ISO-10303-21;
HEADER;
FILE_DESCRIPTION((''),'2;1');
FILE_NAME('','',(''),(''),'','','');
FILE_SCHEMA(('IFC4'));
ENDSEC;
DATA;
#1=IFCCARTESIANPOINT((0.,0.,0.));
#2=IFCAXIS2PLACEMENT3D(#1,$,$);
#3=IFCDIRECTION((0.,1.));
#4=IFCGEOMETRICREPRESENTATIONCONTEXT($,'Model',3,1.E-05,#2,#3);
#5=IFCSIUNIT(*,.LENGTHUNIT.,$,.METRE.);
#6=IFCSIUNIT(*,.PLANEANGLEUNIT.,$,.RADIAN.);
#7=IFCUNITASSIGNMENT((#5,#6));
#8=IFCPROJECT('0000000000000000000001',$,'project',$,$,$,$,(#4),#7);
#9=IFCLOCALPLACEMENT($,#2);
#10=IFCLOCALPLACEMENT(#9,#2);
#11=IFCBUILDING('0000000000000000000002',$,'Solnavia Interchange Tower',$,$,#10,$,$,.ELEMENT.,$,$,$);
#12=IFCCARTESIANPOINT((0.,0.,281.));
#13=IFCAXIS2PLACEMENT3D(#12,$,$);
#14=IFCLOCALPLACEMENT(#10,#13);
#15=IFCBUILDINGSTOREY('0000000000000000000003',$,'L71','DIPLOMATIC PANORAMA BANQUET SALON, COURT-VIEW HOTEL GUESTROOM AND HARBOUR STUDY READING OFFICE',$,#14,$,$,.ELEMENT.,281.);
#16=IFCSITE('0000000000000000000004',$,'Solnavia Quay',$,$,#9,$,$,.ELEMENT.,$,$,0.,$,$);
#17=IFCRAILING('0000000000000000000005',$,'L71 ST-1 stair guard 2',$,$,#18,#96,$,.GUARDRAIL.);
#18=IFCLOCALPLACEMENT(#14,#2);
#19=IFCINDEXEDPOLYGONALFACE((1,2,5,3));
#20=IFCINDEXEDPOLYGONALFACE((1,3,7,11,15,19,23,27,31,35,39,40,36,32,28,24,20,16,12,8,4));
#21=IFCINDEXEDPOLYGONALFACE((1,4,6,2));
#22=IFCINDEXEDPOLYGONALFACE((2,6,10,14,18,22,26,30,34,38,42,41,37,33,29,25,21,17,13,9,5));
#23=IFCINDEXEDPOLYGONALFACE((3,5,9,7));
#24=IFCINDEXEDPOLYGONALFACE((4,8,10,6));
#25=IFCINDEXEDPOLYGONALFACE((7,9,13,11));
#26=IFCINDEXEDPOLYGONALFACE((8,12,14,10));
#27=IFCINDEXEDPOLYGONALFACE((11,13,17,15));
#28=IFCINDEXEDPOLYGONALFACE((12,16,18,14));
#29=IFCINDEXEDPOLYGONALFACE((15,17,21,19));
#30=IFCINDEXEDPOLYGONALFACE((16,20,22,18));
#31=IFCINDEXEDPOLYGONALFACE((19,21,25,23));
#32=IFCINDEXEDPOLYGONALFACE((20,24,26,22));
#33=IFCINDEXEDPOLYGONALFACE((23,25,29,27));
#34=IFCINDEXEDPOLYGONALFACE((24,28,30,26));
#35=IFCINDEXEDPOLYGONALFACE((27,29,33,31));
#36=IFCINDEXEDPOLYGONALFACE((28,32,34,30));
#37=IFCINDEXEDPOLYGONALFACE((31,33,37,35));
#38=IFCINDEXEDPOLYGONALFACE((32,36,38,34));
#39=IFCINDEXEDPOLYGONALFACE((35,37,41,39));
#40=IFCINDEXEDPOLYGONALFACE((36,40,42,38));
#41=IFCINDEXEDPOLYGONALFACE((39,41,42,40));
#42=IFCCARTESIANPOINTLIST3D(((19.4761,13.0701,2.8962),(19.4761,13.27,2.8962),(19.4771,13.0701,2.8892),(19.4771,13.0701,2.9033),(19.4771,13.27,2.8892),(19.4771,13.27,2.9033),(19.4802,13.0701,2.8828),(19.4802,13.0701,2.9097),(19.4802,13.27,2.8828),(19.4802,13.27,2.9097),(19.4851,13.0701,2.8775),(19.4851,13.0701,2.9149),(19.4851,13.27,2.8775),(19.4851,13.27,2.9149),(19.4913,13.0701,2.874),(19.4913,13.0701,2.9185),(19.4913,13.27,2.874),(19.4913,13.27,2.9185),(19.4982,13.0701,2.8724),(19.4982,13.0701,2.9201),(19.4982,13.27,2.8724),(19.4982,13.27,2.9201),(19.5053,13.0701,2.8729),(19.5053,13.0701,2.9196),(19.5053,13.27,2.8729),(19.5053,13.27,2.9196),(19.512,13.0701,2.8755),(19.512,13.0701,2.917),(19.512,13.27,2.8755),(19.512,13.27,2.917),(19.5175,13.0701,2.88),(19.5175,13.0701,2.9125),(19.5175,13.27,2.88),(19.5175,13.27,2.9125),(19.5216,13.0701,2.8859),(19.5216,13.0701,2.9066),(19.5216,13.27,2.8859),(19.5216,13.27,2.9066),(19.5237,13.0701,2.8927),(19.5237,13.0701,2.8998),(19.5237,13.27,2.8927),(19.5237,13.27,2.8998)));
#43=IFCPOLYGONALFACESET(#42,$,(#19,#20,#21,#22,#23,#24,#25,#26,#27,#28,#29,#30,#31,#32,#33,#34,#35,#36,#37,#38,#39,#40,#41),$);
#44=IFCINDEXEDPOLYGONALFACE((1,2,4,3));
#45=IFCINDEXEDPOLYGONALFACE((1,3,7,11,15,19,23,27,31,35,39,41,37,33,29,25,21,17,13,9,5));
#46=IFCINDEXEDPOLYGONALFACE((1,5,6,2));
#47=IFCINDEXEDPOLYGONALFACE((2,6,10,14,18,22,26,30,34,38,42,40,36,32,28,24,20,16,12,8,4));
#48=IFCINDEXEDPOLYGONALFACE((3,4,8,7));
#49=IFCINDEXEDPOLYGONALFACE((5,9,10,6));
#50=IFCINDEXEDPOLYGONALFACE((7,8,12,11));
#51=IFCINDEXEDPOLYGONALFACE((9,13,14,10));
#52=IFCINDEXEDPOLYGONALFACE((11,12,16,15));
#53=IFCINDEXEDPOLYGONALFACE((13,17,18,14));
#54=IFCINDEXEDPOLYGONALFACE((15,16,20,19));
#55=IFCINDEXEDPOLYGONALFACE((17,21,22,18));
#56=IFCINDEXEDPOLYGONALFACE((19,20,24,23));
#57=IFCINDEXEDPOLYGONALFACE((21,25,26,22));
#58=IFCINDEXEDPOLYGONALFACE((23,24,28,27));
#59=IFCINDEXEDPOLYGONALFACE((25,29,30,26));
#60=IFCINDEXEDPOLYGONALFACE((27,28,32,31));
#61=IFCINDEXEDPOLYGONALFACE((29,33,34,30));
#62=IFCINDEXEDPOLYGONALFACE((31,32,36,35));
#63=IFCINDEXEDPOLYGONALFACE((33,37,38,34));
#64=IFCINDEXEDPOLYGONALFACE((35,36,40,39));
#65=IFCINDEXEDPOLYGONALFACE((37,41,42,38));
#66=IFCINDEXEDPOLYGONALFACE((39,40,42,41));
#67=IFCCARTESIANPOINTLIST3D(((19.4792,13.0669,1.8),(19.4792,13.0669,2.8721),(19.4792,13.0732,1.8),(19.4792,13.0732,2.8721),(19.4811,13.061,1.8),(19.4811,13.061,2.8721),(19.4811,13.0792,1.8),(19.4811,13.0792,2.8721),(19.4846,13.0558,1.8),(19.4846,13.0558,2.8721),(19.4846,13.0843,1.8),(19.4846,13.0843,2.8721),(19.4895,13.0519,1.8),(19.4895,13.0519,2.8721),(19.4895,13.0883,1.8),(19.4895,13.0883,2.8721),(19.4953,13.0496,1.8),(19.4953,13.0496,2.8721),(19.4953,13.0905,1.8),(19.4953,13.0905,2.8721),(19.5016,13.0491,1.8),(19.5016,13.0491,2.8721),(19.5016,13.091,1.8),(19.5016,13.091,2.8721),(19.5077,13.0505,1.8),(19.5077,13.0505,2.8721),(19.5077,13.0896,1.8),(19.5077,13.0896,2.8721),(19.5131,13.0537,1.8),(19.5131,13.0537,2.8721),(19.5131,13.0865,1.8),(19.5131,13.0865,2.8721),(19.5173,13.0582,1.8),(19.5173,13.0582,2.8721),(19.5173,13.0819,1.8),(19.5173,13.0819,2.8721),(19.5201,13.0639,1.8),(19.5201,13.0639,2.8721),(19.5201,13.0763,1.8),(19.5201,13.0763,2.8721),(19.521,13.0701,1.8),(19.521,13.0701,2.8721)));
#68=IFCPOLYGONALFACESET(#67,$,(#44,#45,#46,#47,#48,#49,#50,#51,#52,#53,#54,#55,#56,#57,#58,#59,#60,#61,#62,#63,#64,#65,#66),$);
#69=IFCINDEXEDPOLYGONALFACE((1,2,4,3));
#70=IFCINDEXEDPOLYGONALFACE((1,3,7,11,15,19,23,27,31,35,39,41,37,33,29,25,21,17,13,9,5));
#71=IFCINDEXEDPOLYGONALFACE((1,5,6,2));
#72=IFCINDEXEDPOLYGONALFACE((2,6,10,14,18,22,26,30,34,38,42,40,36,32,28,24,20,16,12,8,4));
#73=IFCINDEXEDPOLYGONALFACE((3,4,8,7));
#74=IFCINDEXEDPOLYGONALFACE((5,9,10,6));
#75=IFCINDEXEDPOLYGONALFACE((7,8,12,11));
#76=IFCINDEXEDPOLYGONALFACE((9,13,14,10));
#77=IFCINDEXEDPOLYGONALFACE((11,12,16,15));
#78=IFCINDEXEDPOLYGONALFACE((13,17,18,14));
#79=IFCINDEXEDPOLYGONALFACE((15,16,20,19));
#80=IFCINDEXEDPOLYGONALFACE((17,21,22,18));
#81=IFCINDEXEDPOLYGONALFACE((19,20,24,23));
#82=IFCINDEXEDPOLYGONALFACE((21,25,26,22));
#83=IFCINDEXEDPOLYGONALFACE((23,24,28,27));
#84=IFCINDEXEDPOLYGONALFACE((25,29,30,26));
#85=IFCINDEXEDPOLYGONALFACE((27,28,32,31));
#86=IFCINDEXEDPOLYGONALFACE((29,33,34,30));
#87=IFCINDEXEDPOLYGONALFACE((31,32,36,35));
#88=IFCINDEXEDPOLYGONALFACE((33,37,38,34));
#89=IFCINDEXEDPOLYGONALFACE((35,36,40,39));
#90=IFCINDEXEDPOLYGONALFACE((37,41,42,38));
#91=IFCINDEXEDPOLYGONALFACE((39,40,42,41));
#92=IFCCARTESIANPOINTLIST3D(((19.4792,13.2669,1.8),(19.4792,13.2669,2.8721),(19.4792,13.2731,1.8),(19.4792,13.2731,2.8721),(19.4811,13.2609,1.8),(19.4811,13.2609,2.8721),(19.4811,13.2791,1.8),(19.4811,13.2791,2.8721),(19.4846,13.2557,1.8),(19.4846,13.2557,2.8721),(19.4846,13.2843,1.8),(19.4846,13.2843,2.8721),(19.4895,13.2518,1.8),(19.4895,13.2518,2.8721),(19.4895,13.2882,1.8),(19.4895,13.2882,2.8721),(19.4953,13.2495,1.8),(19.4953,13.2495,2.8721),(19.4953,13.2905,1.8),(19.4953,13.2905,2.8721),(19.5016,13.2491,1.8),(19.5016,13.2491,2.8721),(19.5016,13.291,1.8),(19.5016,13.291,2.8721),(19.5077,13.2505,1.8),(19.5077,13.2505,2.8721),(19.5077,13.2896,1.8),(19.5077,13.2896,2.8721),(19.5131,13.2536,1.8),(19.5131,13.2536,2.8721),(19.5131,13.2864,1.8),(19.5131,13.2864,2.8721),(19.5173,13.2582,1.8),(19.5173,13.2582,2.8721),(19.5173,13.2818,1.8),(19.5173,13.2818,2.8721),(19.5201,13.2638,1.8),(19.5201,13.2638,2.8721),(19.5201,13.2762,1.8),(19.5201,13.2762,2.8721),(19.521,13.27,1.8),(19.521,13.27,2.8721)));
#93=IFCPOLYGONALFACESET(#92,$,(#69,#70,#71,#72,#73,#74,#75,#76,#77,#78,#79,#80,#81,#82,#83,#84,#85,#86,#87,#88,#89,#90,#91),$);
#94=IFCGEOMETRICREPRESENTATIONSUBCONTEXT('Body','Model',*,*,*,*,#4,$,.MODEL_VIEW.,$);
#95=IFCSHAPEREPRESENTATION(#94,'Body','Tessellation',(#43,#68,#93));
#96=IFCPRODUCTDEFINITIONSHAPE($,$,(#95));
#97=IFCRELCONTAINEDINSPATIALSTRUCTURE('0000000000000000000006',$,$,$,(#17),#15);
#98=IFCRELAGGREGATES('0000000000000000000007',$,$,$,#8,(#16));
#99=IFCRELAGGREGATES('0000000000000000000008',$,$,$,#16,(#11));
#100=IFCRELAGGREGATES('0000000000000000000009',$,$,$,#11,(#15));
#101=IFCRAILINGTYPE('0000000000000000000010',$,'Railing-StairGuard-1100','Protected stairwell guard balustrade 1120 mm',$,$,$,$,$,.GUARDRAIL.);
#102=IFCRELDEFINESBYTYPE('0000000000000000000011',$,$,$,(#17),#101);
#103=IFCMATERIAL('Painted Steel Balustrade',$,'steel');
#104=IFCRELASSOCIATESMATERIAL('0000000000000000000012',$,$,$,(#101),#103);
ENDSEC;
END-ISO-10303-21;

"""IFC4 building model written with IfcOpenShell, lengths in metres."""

from ifc_helpers import new_model, si_unit, direction, frame, origin, origin_2d, place, context, subcontext, project, spatial, circle, extrude, material, type_object, element, save


model = new_model("IFC4")

# Units and contexts
model_context = context("Model", 3, precision=1e-05, world=origin(), true_north=direction((0.0, 1.0)))
body_context = subcontext(model_context, "Body", "Model", "MODEL_VIEW")
ifc_project = project(units=[si_unit("LENGTHUNIT", "METRE"), si_unit("PLANEANGLEUNIT", "RADIAN")], contexts=[model_context])

# Site, building, storey
site_placement = place(None, origin())
site = spatial("IfcSite", under=ifc_project, at=site_placement, Name="Solnavia Quay", CompositionType="ELEMENT", RefElevation=0.0)
building_placement = place(site_placement, origin())
building = spatial("IfcBuilding", under=site, at=building_placement, Name="Solnavia Interchange Tower", CompositionType="ELEMENT")
storey_placement = place(building_placement, frame((0.0, 0.0, 281.0)))
storey = spatial("IfcBuildingStorey", under=building, at=storey_placement, Name="L71", Description="DIPLOMATIC PANORAMA BANQUET SALON, COURT-VIEW HOTEL GUESTROOM AND HARBOUR STUDY READING OFFICE", CompositionType="ELEMENT", Elevation=281.0)

# Railing
ifc_material_1 = material(Name="Painted Steel Balustrade", Category="steel")
railing_type_1 = type_object("IfcRailingType", Name="Railing-StairGuard-1100", Description="Protected stairwell guard balustrade 1120 mm", PredefinedType="GUARDRAIL", material=ifc_material_1)
railing_1_placement = place(storey_placement, frame((19.5, 13.0701, 1.8)))
element("IfcRailing", 1, at=railing_1_placement, inside=storey, type_object=railing_type_1, Name="L71 ST-1 stair guard 2", PredefinedType="GUARDRAIL", context=body_context, shape_type="SweptSolid", body=[
    extrude(circle(Radius=0.0239, at=origin_2d()), frame((0.0, 0.0, 1.0962), z_axis=(0.0, 1.0, 0.0), x_axis=(-1.0, 0.0, 0.0)), (0.0, 0.0, 1.0), 0.2),
    extrude(circle(Radius=0.021, at=origin_2d()), origin(), (0.0, 0.0, 1.0), 1.072),
    extrude(circle(Radius=0.021, at=origin_2d()), frame((0.0, 0.2, 0.0)), (0.0, 0.0, 1.0), 1.072),
])

save(model, "model.ifc")
